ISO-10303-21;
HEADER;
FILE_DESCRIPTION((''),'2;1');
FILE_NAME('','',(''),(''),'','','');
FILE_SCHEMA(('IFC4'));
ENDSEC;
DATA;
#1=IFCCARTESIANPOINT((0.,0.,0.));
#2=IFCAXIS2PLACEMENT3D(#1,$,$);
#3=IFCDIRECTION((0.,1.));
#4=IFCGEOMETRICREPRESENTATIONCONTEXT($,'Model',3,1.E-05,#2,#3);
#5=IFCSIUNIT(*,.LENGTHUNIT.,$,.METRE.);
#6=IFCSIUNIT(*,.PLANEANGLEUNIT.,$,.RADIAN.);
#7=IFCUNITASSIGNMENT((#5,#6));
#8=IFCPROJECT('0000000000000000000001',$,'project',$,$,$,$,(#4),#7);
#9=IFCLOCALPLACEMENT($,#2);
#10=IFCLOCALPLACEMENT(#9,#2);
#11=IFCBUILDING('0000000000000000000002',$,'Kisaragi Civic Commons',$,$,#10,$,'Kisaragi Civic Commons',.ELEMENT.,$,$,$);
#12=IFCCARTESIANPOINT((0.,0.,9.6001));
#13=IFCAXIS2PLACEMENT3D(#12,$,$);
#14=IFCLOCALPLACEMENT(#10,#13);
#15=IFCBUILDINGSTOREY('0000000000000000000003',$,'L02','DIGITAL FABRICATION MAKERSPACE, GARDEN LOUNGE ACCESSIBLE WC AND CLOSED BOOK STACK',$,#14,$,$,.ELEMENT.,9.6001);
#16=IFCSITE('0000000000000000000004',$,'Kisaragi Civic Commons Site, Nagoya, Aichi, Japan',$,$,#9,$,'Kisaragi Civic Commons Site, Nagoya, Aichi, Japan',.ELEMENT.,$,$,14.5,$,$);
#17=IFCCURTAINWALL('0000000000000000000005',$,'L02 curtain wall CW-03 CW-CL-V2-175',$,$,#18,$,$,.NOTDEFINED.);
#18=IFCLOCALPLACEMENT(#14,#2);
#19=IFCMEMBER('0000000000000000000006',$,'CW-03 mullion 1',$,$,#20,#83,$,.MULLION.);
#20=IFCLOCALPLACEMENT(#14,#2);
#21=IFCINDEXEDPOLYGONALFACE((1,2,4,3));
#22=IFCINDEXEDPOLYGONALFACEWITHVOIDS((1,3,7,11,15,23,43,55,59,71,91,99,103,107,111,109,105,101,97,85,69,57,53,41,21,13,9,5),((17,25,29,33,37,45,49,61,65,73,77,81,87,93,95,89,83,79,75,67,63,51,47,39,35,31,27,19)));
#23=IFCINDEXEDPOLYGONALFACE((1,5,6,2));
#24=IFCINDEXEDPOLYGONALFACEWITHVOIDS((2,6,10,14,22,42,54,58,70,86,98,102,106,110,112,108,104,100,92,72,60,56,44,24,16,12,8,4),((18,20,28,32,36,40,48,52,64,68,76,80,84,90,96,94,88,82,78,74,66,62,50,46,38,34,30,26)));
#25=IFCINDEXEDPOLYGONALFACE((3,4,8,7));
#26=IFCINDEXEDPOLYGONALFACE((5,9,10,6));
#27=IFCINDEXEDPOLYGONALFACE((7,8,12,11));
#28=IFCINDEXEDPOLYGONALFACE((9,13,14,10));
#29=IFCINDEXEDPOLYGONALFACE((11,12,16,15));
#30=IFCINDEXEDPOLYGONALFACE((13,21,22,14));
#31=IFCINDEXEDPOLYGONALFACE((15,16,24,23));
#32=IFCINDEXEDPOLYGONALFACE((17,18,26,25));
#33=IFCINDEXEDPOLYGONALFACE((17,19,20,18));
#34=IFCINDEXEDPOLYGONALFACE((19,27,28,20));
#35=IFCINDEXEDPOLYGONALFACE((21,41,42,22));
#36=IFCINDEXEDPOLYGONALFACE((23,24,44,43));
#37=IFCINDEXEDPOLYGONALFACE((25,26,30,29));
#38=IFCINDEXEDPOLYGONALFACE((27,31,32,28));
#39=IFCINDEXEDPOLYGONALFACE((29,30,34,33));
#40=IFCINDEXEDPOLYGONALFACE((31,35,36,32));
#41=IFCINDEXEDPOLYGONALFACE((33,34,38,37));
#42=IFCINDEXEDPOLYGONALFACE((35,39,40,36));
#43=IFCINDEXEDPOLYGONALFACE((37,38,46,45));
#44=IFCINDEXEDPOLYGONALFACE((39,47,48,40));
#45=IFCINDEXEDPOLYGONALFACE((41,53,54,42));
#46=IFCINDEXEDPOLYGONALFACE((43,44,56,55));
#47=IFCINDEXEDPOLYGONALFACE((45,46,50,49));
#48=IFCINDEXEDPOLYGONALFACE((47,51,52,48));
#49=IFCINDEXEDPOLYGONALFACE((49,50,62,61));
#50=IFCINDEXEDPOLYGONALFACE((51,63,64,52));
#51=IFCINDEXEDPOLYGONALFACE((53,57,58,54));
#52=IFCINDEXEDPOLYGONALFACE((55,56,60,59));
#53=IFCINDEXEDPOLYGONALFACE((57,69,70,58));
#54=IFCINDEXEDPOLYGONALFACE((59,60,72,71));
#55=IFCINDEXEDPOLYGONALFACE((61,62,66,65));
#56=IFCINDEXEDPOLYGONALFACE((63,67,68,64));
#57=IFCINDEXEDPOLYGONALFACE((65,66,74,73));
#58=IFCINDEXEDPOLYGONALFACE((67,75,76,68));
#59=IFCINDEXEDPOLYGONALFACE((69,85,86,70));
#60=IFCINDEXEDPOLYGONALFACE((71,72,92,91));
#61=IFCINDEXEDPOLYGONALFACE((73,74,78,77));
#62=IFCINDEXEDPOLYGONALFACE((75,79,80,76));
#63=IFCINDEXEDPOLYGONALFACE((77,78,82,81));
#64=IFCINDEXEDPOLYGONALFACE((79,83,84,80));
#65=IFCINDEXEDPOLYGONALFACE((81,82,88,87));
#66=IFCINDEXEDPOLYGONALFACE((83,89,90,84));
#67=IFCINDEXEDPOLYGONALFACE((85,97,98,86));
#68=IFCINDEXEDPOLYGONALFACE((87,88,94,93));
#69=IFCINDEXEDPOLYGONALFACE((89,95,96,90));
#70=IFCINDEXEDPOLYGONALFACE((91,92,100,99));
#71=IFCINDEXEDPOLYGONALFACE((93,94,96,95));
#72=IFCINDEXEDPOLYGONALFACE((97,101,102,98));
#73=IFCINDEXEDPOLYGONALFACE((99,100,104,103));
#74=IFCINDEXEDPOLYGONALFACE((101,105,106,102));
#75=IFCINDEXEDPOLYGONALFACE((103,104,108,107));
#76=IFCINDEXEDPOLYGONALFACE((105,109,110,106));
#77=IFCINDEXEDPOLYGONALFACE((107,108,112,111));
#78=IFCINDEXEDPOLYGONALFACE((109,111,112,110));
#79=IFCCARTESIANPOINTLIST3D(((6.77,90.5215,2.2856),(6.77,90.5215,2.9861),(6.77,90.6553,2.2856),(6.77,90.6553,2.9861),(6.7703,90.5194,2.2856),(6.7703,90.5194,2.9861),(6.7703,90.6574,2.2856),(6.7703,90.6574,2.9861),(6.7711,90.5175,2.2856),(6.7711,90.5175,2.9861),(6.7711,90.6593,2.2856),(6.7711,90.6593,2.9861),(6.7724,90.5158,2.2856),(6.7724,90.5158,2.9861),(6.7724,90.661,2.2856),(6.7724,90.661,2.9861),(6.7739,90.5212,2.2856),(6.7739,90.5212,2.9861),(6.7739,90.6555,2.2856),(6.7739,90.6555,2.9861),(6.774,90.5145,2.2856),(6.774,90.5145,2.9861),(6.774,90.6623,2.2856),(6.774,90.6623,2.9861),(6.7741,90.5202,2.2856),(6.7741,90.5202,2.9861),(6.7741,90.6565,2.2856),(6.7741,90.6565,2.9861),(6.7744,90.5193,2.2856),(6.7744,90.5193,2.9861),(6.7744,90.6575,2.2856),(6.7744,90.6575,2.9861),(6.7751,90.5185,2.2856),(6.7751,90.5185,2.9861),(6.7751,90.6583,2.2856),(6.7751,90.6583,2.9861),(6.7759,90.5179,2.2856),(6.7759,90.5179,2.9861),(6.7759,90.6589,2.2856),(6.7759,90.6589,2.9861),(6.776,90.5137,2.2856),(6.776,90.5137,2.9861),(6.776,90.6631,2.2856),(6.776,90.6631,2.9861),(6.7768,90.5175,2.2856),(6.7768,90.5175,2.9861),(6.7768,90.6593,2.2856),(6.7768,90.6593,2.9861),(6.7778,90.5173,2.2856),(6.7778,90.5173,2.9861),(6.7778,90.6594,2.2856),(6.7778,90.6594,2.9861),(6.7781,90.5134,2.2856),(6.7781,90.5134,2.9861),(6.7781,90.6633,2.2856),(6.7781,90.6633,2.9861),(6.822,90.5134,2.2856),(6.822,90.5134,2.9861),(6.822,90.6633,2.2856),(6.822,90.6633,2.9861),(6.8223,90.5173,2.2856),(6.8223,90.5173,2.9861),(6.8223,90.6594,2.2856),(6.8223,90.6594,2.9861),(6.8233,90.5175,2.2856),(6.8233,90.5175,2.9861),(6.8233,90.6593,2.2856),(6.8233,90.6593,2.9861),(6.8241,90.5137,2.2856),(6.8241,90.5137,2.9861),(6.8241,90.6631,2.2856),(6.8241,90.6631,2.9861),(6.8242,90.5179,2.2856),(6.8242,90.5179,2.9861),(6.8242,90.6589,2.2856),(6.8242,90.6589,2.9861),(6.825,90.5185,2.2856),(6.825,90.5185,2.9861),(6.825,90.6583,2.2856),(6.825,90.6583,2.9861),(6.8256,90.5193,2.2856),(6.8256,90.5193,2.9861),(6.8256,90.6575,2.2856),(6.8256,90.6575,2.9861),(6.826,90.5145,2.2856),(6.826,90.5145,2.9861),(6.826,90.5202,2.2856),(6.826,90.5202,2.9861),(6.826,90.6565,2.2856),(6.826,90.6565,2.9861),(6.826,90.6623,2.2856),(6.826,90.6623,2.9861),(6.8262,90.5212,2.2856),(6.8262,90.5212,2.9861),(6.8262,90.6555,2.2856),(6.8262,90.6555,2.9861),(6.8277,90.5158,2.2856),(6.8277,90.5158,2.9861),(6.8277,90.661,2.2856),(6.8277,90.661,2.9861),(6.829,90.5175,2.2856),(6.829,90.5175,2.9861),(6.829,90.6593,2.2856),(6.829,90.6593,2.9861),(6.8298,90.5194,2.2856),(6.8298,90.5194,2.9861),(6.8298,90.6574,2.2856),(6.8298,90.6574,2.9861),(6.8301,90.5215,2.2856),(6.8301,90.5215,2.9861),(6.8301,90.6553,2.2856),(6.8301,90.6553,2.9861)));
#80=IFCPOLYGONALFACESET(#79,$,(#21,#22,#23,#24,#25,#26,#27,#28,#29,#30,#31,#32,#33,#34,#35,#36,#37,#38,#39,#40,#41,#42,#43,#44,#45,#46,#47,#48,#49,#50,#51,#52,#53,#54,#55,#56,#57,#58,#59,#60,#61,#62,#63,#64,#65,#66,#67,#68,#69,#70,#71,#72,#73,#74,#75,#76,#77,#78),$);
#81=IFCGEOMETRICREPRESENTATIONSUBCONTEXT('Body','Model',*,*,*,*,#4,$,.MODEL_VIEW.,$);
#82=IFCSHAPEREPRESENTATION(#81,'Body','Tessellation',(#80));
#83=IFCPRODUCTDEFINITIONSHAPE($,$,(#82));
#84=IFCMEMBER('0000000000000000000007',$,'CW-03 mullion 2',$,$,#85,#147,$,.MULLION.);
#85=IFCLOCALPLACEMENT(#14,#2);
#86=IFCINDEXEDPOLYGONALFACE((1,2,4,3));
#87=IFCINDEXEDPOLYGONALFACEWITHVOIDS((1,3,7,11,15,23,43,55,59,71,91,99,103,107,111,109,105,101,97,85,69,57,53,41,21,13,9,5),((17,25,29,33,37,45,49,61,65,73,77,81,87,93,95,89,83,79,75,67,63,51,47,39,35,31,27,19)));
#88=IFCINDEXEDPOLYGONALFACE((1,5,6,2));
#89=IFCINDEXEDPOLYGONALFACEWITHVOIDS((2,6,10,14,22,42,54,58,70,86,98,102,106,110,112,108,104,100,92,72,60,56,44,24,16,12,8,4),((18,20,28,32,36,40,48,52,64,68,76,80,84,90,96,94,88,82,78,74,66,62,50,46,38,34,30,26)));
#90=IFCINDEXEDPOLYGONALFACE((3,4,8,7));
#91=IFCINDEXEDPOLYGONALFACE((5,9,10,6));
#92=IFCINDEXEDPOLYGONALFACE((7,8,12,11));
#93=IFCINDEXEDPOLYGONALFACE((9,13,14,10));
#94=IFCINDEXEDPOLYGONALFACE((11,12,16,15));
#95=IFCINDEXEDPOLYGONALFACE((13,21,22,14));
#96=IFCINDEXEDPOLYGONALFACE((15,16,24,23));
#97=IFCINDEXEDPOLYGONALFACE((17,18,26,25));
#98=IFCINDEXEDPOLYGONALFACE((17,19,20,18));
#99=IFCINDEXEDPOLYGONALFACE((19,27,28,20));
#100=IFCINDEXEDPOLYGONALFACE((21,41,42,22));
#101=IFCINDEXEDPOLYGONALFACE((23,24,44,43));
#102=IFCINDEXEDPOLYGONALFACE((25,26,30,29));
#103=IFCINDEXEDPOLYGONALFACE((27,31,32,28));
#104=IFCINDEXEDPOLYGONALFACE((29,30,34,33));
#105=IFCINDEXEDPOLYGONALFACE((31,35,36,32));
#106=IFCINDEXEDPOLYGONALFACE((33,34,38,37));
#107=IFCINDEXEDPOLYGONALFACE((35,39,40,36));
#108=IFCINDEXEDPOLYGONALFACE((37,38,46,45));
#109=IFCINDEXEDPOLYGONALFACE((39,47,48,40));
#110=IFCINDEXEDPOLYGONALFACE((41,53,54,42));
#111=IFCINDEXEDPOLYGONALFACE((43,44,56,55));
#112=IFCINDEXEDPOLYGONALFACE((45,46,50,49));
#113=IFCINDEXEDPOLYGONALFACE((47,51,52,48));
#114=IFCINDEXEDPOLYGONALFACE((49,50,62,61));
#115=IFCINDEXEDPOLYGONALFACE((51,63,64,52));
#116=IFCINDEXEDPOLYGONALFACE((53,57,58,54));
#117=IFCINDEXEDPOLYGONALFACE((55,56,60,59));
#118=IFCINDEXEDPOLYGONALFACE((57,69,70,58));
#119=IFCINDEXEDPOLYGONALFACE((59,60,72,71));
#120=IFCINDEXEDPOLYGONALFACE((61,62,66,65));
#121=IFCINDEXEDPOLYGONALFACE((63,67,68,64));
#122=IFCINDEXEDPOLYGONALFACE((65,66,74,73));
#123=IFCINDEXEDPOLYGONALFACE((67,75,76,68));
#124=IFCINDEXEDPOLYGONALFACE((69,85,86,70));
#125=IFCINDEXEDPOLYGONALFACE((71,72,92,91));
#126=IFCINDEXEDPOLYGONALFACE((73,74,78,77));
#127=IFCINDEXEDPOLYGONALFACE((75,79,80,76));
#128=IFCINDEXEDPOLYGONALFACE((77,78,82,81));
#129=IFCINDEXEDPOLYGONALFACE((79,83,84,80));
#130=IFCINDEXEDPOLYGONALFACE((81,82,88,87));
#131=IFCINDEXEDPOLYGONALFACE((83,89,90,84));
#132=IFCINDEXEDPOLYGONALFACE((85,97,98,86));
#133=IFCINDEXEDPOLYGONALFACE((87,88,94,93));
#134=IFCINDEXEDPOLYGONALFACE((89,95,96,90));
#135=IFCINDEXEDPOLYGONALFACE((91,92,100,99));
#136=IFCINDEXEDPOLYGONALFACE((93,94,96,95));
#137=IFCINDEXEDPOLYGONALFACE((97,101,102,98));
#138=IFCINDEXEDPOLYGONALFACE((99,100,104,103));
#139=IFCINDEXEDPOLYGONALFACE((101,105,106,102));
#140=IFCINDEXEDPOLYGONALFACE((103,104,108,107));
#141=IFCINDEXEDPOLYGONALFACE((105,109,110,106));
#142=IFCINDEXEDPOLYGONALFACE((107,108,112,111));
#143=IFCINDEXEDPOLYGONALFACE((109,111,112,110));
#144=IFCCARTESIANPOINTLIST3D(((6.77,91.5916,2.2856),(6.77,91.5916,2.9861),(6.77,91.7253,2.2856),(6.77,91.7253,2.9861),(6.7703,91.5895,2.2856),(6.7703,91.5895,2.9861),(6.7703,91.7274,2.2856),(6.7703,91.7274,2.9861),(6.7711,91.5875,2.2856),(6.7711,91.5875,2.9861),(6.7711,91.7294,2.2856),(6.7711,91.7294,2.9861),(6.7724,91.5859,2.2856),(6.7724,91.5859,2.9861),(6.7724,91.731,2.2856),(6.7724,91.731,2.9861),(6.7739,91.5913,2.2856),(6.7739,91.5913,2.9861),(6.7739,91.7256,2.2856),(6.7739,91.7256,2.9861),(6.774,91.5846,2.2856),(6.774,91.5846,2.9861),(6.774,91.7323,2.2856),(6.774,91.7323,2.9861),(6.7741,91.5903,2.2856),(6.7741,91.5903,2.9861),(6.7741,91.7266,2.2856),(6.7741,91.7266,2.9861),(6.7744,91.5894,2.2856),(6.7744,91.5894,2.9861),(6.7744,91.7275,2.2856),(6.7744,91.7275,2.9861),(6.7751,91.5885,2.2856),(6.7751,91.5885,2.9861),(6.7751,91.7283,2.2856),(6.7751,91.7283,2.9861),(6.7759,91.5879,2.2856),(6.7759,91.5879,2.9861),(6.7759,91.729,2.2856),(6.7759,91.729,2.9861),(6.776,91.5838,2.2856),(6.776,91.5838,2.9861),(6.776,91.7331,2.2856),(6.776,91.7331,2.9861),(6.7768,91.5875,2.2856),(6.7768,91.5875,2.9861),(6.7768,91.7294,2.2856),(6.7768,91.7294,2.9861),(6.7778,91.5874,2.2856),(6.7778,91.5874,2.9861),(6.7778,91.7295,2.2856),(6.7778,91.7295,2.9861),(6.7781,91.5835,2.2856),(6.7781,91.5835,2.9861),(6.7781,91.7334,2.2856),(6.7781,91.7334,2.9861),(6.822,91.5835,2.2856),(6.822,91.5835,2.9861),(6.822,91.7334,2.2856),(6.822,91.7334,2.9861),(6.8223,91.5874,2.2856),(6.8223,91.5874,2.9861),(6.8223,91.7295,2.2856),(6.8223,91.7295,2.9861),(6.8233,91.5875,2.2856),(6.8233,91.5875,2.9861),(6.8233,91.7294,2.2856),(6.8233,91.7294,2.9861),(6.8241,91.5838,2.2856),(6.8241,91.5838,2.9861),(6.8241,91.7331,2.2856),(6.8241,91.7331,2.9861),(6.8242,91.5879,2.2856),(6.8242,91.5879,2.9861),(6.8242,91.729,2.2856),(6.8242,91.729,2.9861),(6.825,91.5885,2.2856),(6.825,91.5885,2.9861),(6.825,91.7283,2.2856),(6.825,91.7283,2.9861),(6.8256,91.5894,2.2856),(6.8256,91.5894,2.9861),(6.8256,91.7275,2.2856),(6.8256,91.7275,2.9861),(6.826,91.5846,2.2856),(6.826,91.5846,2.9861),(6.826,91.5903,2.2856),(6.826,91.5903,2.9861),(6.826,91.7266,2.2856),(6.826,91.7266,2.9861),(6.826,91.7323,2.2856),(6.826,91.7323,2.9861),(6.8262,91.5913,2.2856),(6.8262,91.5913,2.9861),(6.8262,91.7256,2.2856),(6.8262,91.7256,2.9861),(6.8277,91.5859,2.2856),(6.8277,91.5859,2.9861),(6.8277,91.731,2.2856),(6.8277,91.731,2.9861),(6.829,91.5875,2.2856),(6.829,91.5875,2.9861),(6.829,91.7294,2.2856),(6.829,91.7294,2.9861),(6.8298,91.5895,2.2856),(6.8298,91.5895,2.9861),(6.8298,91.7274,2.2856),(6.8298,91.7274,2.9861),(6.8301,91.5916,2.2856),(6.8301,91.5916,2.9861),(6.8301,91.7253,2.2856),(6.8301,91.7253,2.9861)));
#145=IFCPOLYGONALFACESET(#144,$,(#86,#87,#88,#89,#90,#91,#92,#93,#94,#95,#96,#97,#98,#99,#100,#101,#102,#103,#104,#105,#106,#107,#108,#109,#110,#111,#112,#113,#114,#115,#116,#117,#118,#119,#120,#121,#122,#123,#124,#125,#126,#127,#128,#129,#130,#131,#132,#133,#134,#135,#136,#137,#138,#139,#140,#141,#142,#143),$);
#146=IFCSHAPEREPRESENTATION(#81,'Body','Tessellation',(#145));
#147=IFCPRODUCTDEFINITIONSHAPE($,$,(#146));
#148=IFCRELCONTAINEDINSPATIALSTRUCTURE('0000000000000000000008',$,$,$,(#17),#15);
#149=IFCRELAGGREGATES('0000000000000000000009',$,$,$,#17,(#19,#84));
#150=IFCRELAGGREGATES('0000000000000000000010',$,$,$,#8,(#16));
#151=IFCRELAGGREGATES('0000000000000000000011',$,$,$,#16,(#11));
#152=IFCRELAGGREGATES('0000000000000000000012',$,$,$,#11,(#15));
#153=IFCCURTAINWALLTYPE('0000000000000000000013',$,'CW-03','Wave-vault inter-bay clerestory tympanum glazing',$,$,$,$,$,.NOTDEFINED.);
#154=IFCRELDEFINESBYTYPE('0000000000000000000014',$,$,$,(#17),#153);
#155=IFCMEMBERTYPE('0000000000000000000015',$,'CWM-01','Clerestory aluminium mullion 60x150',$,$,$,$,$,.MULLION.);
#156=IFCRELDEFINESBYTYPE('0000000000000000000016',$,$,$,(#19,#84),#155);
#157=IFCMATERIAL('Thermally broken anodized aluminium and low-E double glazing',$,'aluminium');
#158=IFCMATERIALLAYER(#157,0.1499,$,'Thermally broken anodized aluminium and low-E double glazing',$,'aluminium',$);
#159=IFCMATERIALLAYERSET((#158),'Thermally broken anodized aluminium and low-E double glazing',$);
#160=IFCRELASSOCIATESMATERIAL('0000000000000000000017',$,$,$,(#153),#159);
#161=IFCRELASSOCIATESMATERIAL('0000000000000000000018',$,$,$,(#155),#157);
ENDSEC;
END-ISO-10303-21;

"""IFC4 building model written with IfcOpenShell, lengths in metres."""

from ifc_helpers import new_model, si_unit, direction, frame, origin, origin_2d, place, context, subcontext, project, spatial, hollow_rectangle, extrude, material, layer, layer_set, material_profile, profile_set, type_object, element, aggregate, save


model = new_model("IFC4")

# Units and contexts
model_context = context("Model", 3, precision=1e-05, world=origin(), true_north=direction((0.0, 1.0)))
body_context = subcontext(model_context, "Body", "Model", "MODEL_VIEW")
ifc_project = project(units=[si_unit("LENGTHUNIT", "METRE"), si_unit("PLANEANGLEUNIT", "RADIAN")], contexts=[model_context])

# Site, building, storey
site_placement = place(None, origin())
site = spatial("IfcSite", under=ifc_project, at=site_placement, Name="Kisaragi Civic Commons Site, Nagoya, Aichi, Japan", LongName="Kisaragi Civic Commons Site, Nagoya, Aichi, Japan", CompositionType="ELEMENT", RefElevation=14.5)
building_placement = place(site_placement, origin())
building = spatial("IfcBuilding", under=site, at=building_placement, Name="Kisaragi Civic Commons", LongName="Kisaragi Civic Commons", CompositionType="ELEMENT")
storey_placement = place(building_placement, frame((0.0, 0.0, 9.6001)))
storey = spatial("IfcBuildingStorey", under=building, at=storey_placement, Name="L02", Description="DIGITAL FABRICATION MAKERSPACE, GARDEN LOUNGE ACCESSIBLE WC AND CLOSED BOOK STACK", CompositionType="ELEMENT", Elevation=9.6001)

# Curtain wall, members
ifc_material_1 = material(Name="Thermally broken anodized aluminium and low-E double glazing", Category="aluminium")
ifc_layer_1 = layer(ifc_material_1, 0.1499, Name="Thermally broken anodized aluminium and low-E double glazing", Category="aluminium")
ifc_layer_set_1 = layer_set([ifc_layer_1], Name="Thermally broken anodized aluminium and low-E double glazing")
curtain_wall_type = type_object("IfcCurtainWallType", Name="CW-03", Description="Wave-vault inter-bay clerestory tympanum glazing", PredefinedType="NOTDEFINED", material=ifc_layer_set_1)
curtain_wall_1_placement = place(storey_placement, origin())
curtain_wall_1 = element("IfcCurtainWall", 1, at=curtain_wall_1_placement, inside=storey, type_object=curtain_wall_type, Name="L02 curtain wall CW-03 CW-CL-V2-175", PredefinedType="NOTDEFINED")
ifc_material_profile_1 = material_profile(ifc_material_1, hollow_rectangle(XDim=0.0601, YDim=0.1499, WallThickness=0.0039, InnerFilletRadius=0.0039, OuterFilletRadius=0.0081, at=origin_2d()), Name="CWM-60x150x4", Category="aluminium")
ifc_profile_set_1 = profile_set([ifc_material_profile_1], Name="Thermally broken anodized aluminium and low-E double glazing")
member_type_1 = type_object("IfcMemberType", Name="CWM-01", Description="Clerestory aluminium mullion 60x150", PredefinedType="MULLION", material=ifc_profile_set_1)
member_1_placement = place(storey_placement, frame((6.8, 90.5884, 2.2856), z_axis=(0.0, 0.0, 1.0), x_axis=(-1.0, 0.0, 0.0)))
member_1 = element("IfcMember", 2, at=member_1_placement, type_object=member_type_1, Name="CW-03 mullion 1", PredefinedType="MULLION", context=body_context, shape_type="SweptSolid", body=[
    extrude(hollow_rectangle(XDim=0.0601, YDim=0.1499, WallThickness=0.0039, InnerFilletRadius=0.0039, OuterFilletRadius=0.0081, at=origin_2d()), origin(), (0.0, 0.0, 1.0), 0.7004),
])
member_2_placement = place(storey_placement, frame((6.8, 91.6584, 2.2856), z_axis=(0.0, 0.0, 1.0), x_axis=(-1.0, 0.0, 0.0)))
member_2 = element("IfcMember", 3, at=member_2_placement, type_object=member_type_1, Name="CW-03 mullion 2", PredefinedType="MULLION", context=body_context, shape_type="SweptSolid", body=[
    extrude(hollow_rectangle(XDim=0.0601, YDim=0.1499, WallThickness=0.0039, InnerFilletRadius=0.0039, OuterFilletRadius=0.0081, at=origin_2d()), origin(), (0.0, 0.0, 1.0), 0.7004),
])

aggregate(curtain_wall_1, [member_1, member_2])

save(model, "model.ifc")
